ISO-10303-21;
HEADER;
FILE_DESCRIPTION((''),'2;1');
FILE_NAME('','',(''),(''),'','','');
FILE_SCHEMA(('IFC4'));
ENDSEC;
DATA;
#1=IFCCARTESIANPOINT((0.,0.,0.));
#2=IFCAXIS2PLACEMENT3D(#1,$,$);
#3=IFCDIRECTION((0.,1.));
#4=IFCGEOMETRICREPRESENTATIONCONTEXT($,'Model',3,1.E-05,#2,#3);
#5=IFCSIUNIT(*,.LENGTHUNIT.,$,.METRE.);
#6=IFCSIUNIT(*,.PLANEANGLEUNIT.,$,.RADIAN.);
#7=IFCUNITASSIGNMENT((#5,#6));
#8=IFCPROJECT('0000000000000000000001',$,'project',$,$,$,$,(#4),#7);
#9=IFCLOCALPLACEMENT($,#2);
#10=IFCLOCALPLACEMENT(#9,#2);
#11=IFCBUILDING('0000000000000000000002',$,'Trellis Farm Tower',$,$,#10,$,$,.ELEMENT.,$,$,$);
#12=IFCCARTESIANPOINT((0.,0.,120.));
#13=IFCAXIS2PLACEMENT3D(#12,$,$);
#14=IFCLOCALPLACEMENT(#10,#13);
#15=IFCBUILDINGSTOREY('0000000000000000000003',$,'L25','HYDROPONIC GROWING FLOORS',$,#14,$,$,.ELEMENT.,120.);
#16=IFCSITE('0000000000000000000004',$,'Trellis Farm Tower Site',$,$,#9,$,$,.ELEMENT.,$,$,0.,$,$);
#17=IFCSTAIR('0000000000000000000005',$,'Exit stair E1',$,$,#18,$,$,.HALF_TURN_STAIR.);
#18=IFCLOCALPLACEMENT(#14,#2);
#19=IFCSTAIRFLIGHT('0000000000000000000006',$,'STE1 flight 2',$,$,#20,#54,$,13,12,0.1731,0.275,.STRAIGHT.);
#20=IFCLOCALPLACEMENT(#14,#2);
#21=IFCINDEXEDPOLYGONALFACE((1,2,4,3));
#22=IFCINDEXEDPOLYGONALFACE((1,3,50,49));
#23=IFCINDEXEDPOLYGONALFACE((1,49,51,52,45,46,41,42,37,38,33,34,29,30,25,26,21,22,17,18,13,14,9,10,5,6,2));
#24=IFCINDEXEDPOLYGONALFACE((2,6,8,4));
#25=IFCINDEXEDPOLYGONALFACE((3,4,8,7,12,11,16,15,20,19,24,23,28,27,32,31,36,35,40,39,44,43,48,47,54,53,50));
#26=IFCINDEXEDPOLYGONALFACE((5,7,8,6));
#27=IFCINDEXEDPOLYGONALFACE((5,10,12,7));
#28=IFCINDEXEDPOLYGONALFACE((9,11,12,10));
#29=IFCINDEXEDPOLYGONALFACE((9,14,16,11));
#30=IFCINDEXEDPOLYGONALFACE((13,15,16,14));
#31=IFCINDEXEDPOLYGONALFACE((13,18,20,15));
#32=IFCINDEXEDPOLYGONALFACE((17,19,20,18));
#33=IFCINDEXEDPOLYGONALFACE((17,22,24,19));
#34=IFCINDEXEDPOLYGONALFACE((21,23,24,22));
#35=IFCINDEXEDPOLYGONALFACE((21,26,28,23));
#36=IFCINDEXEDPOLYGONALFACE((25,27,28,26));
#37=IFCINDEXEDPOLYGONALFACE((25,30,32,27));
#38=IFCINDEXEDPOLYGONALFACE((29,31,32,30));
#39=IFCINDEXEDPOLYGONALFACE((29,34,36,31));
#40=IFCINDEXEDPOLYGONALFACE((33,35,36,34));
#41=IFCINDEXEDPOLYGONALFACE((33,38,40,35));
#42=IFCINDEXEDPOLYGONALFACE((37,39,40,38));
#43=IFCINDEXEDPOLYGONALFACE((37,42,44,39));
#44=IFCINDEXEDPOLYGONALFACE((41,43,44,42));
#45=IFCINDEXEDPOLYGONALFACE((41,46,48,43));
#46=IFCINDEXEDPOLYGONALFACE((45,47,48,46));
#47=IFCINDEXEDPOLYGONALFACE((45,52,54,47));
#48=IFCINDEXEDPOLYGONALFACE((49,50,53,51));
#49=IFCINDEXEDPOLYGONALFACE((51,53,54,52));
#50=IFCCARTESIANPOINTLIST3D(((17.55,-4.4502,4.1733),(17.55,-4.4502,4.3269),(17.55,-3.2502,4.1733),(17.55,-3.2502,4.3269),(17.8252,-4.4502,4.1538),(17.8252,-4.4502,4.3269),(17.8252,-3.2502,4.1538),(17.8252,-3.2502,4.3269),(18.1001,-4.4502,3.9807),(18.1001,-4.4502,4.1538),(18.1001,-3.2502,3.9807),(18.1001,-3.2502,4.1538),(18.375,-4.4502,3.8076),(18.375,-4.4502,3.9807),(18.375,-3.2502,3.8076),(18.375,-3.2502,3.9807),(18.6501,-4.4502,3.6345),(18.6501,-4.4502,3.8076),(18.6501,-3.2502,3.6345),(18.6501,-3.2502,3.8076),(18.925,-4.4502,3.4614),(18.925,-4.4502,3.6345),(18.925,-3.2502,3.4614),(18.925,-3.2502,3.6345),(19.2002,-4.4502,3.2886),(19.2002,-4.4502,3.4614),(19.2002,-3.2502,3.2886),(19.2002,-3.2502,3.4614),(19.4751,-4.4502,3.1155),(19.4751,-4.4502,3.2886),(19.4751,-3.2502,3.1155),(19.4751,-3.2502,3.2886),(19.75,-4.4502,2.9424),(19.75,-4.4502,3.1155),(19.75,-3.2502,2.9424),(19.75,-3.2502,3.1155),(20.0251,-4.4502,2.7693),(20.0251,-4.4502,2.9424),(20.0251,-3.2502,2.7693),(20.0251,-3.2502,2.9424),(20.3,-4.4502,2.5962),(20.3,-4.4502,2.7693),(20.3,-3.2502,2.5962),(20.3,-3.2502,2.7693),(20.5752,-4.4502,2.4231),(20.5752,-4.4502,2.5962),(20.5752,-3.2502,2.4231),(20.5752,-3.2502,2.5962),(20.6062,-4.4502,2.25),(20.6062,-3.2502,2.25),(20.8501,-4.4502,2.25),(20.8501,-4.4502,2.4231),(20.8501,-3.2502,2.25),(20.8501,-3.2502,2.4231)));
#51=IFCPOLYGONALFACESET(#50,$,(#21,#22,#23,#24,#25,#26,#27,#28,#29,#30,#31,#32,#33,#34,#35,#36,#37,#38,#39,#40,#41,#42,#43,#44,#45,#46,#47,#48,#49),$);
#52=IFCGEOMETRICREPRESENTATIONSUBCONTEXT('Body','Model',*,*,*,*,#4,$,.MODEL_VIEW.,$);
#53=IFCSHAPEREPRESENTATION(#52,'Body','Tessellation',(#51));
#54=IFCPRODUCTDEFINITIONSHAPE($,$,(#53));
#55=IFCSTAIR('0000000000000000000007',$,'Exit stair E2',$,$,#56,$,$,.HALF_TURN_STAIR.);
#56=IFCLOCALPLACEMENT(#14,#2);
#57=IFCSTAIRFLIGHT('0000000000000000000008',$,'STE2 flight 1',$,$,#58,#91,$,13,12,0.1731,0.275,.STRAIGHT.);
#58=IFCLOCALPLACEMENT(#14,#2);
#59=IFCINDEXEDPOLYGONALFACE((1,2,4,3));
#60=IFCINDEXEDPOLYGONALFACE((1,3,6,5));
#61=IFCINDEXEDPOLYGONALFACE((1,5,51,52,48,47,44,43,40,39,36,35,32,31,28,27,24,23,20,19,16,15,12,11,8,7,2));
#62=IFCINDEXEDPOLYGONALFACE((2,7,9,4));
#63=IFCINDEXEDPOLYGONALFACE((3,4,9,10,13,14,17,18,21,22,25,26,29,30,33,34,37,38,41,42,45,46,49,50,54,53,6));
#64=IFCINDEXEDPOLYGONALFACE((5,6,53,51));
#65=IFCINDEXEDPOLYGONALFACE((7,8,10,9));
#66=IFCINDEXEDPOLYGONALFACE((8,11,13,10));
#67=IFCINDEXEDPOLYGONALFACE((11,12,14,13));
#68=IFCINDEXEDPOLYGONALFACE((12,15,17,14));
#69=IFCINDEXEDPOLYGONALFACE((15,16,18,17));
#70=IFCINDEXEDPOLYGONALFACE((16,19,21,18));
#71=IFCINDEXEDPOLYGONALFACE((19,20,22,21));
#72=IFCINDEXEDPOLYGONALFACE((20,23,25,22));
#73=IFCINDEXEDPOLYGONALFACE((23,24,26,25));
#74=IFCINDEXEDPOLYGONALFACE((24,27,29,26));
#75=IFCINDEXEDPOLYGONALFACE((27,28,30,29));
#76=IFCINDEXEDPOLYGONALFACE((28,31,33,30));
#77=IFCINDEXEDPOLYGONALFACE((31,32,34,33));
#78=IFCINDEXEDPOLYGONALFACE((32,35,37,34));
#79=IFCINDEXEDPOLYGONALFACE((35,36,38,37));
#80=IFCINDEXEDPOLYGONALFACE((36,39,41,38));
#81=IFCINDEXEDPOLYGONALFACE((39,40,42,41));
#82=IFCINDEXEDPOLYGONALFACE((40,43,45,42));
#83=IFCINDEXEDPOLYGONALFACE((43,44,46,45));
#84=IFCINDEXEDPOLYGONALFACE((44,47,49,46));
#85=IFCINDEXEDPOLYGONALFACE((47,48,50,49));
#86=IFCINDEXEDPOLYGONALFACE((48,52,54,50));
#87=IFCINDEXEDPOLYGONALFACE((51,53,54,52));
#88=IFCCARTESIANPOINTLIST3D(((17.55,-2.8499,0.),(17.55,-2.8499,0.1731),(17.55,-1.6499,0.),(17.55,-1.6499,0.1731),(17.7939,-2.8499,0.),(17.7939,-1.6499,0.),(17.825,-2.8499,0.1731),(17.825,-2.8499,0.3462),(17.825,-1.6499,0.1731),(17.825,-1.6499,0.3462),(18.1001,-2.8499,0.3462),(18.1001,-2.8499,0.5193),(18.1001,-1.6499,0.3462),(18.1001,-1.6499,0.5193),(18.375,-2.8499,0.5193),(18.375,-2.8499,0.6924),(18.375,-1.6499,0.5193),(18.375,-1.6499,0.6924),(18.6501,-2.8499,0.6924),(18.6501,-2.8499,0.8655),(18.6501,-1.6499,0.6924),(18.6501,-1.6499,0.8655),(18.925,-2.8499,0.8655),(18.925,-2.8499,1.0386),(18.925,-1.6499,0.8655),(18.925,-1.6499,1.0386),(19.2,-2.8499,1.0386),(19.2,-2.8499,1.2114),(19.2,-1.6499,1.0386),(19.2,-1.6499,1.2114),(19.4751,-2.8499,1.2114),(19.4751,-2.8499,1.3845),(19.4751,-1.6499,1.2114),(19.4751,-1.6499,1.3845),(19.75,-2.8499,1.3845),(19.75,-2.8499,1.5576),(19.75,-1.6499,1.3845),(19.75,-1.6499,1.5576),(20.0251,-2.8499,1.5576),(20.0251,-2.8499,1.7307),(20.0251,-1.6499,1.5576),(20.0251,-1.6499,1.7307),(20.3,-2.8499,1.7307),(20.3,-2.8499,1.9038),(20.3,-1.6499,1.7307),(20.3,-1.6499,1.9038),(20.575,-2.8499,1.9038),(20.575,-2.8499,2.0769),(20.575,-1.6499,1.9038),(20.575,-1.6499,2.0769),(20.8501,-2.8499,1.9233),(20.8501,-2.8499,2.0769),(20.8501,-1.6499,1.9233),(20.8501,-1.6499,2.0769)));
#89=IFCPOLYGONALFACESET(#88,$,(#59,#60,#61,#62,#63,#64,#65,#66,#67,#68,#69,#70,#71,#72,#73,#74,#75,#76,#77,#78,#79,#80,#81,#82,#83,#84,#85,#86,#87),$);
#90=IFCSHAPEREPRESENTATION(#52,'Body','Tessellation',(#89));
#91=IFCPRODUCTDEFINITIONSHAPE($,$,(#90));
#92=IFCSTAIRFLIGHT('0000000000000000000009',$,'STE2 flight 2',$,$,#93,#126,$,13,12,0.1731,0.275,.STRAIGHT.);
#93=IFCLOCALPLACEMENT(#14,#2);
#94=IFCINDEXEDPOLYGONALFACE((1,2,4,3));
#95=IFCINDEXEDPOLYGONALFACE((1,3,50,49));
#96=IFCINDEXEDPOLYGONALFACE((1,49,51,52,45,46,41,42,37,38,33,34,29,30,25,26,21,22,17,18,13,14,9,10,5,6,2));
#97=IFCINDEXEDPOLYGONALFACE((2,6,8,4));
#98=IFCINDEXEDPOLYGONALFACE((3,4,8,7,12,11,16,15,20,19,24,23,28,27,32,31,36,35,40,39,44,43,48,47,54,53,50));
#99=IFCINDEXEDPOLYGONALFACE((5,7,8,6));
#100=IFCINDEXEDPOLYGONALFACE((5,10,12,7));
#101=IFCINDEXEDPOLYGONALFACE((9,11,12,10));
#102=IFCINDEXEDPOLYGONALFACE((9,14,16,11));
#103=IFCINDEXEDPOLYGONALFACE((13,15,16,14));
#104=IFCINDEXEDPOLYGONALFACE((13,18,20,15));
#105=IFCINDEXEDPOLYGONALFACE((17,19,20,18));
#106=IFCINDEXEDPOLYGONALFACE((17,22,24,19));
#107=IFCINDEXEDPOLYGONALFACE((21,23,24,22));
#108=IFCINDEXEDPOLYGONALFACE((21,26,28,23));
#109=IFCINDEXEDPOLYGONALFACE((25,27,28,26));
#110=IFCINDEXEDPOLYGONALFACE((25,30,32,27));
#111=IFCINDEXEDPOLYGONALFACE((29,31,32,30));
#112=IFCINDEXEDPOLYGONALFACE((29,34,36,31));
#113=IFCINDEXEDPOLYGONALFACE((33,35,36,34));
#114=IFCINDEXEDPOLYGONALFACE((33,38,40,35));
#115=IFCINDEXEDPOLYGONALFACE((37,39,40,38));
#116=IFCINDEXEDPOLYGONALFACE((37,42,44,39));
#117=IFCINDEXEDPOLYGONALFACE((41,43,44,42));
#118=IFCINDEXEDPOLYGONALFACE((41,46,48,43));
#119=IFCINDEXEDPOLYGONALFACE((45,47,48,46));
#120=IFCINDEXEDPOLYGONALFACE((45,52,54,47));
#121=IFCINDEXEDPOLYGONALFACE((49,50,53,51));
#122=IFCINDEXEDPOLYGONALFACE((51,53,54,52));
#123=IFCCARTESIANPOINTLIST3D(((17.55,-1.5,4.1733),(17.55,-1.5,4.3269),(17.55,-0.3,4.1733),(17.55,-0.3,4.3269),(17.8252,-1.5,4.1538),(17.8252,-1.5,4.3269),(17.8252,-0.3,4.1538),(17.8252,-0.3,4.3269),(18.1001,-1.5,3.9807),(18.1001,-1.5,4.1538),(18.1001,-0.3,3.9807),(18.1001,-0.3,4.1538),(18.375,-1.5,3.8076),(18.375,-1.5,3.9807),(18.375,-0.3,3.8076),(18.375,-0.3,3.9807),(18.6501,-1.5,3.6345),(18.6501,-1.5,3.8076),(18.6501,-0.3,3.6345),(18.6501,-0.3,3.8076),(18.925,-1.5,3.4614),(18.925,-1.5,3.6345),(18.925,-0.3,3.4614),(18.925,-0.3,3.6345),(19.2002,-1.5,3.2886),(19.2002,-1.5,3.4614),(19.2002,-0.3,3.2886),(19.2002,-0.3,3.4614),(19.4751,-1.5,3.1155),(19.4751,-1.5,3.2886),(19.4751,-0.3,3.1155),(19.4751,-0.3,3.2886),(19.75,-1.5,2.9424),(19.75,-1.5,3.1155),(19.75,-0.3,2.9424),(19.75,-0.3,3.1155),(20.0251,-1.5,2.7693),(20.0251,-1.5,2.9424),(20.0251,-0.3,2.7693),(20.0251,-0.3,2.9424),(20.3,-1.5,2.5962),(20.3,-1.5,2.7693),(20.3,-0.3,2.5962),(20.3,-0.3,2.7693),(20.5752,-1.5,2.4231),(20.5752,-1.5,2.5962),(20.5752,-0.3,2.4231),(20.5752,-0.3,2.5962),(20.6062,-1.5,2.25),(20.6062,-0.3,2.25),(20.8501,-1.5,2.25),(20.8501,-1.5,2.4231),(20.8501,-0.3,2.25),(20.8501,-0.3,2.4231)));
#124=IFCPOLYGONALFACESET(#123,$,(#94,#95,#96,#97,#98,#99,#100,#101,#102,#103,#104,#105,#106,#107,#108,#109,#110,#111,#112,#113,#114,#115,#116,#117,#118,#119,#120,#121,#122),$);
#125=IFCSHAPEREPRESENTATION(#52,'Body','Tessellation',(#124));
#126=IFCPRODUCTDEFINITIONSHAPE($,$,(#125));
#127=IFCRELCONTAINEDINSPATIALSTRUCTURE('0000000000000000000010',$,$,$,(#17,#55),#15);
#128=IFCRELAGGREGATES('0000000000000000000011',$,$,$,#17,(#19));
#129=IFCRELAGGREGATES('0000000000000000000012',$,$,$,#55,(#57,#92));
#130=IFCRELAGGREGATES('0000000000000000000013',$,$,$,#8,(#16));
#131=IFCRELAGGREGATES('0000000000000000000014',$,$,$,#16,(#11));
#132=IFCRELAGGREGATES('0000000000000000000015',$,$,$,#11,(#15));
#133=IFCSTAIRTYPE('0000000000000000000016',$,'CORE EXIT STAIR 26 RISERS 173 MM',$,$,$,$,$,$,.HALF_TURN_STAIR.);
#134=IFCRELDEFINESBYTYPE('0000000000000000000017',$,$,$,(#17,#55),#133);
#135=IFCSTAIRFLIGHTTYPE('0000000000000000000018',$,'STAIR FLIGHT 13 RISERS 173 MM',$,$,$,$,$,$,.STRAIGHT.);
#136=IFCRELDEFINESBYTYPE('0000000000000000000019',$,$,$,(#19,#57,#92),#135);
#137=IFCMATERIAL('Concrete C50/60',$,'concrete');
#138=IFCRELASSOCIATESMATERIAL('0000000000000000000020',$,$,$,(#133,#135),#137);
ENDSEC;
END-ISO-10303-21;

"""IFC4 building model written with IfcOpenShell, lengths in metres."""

from ifc_helpers import new_model, si_unit, direction, frame, origin, place, context, subcontext, project, spatial, polyline, outline, extrude, source, transform, mapped, material, type_object, element, aggregate, save


model = new_model("IFC4")

# Units and contexts
model_context = context("Model", 3, precision=1e-05, world=origin(), true_north=direction((0.0, 1.0)))
body_context = subcontext(model_context, "Body", "Model", "MODEL_VIEW")
ifc_project = project(units=[si_unit("LENGTHUNIT", "METRE"), si_unit("PLANEANGLEUNIT", "RADIAN")], contexts=[model_context])

# Site, building, storey
site_placement = place(None, origin())
site = spatial("IfcSite", under=ifc_project, at=site_placement, Name="Trellis Farm Tower Site", CompositionType="ELEMENT", RefElevation=0.0)
building_placement = place(site_placement, origin())
building = spatial("IfcBuilding", under=site, at=building_placement, Name="Trellis Farm Tower", CompositionType="ELEMENT")
storey_placement = place(building_placement, frame((0.0, 0.0, 120.0)))
storey = spatial("IfcBuildingStorey", under=building, at=storey_placement, Name="L25", Description="HYDROPONIC GROWING FLOORS", CompositionType="ELEMENT", Elevation=120.0)

# Shared definitions
placement_1 = place(storey_placement, origin())

# Stair, stair flight
ifc_material_1 = material(Name="Concrete C50/60", Category="concrete")
stair_type = type_object("IfcStairType", Name="CORE EXIT STAIR 26 RISERS 173 MM", PredefinedType="HALF_TURN_STAIR", material=ifc_material_1)
stair_1 = element("IfcStair", 1, at=placement_1, inside=storey, type_object=stair_type, Name="Exit stair E1", PredefinedType="HALF_TURN_STAIR")
stair_flight_type = type_object("IfcStairFlightType", Name="STAIR FLIGHT 13 RISERS 173 MM", PredefinedType="STRAIGHT", material=ifc_material_1)
shared_shape_1 = source(origin(), body_context, "Body", "SweptSolid", [
    extrude(outline(polyline([(0.0, 0.0), (0.0, 0.1731), (0.2749, 0.1731), (0.2749, 0.3462), (0.55, 0.3462), (0.55, 0.5193), (0.825, 0.5193), (0.825, 0.6924), (1.1001, 0.6924), (1.1001, 0.8655), (1.375, 0.8655), (1.375, 1.0386), (1.6499, 1.0386), (1.6499, 1.2114), (1.925, 1.2114), (1.925, 1.3845), (2.2, 1.3845), (2.2, 1.5576), (2.4751, 1.5576), (2.4751, 1.7307), (2.75, 1.7307), (2.75, 1.9038), (3.0249, 1.9038), (3.0249, 2.0769), (3.3, 2.0769), (3.3, 2.25), (3.3, 1.9233), (0.2439, 0.0), (0.0, 0.0)])), frame((0.0, 0.6001, 0.0), z_axis=(0.0, -1.0, 0.0), x_axis=(1.0, 0.0, 0.0)), (0.0, 0.0, 1.0), 1.2),
])
stair_flight_1_placement = place(storey_placement, frame((20.8501, -3.8501, 2.25), z_axis=(0.0, 0.0, 1.0), x_axis=(-1.0, 0.0, 0.0)))
stair_flight_1 = element("IfcStairFlight", 2, at=stair_flight_1_placement, type_object=stair_flight_type, Name="STE1 flight 2", NumberOfRisers=13, NumberOfTreads=12, PredefinedType="STRAIGHT", RiserHeight=0.1731, TreadLength=0.275, context=body_context, shape_type="MappedRepresentation", body=[
    mapped(shared_shape_1, transform((0.0, 0.0, 0.0))),
])
aggregate(stair_1, [stair_flight_1])

# Stair, stair flights
stair_2 = element("IfcStair", 3, at=placement_1, inside=storey, type_object=stair_type, Name="Exit stair E2", PredefinedType="HALF_TURN_STAIR")
stair_flight_2_placement = place(storey_placement, frame((17.55, -2.25, 0.0), z_axis=(0.0, 0.0, 1.0), x_axis=(1.0, 0.0, 0.0)))
stair_flight_2 = element("IfcStairFlight", 4, at=stair_flight_2_placement, type_object=stair_flight_type, Name="STE2 flight 1", NumberOfRisers=13, NumberOfTreads=12, PredefinedType="STRAIGHT", RiserHeight=0.1731, TreadLength=0.275, context=body_context, shape_type="MappedRepresentation", body=[
    mapped(shared_shape_1, transform((0.0, 0.0, 0.0))),
])
stair_flight_3_placement = place(storey_placement, frame((20.8501, -0.8999, 2.25), z_axis=(0.0, 0.0, 1.0), x_axis=(-1.0, 0.0, 0.0)))
stair_flight_3 = element("IfcStairFlight", 5, at=stair_flight_3_placement, type_object=stair_flight_type, Name="STE2 flight 2", NumberOfRisers=13, NumberOfTreads=12, PredefinedType="STRAIGHT", RiserHeight=0.1731, TreadLength=0.275, context=body_context, shape_type="MappedRepresentation", body=[
    mapped(shared_shape_1, transform((0.0, 0.0, 0.0))),
])
aggregate(stair_2, [stair_flight_2, stair_flight_3])

save(model, "model.ifc")
